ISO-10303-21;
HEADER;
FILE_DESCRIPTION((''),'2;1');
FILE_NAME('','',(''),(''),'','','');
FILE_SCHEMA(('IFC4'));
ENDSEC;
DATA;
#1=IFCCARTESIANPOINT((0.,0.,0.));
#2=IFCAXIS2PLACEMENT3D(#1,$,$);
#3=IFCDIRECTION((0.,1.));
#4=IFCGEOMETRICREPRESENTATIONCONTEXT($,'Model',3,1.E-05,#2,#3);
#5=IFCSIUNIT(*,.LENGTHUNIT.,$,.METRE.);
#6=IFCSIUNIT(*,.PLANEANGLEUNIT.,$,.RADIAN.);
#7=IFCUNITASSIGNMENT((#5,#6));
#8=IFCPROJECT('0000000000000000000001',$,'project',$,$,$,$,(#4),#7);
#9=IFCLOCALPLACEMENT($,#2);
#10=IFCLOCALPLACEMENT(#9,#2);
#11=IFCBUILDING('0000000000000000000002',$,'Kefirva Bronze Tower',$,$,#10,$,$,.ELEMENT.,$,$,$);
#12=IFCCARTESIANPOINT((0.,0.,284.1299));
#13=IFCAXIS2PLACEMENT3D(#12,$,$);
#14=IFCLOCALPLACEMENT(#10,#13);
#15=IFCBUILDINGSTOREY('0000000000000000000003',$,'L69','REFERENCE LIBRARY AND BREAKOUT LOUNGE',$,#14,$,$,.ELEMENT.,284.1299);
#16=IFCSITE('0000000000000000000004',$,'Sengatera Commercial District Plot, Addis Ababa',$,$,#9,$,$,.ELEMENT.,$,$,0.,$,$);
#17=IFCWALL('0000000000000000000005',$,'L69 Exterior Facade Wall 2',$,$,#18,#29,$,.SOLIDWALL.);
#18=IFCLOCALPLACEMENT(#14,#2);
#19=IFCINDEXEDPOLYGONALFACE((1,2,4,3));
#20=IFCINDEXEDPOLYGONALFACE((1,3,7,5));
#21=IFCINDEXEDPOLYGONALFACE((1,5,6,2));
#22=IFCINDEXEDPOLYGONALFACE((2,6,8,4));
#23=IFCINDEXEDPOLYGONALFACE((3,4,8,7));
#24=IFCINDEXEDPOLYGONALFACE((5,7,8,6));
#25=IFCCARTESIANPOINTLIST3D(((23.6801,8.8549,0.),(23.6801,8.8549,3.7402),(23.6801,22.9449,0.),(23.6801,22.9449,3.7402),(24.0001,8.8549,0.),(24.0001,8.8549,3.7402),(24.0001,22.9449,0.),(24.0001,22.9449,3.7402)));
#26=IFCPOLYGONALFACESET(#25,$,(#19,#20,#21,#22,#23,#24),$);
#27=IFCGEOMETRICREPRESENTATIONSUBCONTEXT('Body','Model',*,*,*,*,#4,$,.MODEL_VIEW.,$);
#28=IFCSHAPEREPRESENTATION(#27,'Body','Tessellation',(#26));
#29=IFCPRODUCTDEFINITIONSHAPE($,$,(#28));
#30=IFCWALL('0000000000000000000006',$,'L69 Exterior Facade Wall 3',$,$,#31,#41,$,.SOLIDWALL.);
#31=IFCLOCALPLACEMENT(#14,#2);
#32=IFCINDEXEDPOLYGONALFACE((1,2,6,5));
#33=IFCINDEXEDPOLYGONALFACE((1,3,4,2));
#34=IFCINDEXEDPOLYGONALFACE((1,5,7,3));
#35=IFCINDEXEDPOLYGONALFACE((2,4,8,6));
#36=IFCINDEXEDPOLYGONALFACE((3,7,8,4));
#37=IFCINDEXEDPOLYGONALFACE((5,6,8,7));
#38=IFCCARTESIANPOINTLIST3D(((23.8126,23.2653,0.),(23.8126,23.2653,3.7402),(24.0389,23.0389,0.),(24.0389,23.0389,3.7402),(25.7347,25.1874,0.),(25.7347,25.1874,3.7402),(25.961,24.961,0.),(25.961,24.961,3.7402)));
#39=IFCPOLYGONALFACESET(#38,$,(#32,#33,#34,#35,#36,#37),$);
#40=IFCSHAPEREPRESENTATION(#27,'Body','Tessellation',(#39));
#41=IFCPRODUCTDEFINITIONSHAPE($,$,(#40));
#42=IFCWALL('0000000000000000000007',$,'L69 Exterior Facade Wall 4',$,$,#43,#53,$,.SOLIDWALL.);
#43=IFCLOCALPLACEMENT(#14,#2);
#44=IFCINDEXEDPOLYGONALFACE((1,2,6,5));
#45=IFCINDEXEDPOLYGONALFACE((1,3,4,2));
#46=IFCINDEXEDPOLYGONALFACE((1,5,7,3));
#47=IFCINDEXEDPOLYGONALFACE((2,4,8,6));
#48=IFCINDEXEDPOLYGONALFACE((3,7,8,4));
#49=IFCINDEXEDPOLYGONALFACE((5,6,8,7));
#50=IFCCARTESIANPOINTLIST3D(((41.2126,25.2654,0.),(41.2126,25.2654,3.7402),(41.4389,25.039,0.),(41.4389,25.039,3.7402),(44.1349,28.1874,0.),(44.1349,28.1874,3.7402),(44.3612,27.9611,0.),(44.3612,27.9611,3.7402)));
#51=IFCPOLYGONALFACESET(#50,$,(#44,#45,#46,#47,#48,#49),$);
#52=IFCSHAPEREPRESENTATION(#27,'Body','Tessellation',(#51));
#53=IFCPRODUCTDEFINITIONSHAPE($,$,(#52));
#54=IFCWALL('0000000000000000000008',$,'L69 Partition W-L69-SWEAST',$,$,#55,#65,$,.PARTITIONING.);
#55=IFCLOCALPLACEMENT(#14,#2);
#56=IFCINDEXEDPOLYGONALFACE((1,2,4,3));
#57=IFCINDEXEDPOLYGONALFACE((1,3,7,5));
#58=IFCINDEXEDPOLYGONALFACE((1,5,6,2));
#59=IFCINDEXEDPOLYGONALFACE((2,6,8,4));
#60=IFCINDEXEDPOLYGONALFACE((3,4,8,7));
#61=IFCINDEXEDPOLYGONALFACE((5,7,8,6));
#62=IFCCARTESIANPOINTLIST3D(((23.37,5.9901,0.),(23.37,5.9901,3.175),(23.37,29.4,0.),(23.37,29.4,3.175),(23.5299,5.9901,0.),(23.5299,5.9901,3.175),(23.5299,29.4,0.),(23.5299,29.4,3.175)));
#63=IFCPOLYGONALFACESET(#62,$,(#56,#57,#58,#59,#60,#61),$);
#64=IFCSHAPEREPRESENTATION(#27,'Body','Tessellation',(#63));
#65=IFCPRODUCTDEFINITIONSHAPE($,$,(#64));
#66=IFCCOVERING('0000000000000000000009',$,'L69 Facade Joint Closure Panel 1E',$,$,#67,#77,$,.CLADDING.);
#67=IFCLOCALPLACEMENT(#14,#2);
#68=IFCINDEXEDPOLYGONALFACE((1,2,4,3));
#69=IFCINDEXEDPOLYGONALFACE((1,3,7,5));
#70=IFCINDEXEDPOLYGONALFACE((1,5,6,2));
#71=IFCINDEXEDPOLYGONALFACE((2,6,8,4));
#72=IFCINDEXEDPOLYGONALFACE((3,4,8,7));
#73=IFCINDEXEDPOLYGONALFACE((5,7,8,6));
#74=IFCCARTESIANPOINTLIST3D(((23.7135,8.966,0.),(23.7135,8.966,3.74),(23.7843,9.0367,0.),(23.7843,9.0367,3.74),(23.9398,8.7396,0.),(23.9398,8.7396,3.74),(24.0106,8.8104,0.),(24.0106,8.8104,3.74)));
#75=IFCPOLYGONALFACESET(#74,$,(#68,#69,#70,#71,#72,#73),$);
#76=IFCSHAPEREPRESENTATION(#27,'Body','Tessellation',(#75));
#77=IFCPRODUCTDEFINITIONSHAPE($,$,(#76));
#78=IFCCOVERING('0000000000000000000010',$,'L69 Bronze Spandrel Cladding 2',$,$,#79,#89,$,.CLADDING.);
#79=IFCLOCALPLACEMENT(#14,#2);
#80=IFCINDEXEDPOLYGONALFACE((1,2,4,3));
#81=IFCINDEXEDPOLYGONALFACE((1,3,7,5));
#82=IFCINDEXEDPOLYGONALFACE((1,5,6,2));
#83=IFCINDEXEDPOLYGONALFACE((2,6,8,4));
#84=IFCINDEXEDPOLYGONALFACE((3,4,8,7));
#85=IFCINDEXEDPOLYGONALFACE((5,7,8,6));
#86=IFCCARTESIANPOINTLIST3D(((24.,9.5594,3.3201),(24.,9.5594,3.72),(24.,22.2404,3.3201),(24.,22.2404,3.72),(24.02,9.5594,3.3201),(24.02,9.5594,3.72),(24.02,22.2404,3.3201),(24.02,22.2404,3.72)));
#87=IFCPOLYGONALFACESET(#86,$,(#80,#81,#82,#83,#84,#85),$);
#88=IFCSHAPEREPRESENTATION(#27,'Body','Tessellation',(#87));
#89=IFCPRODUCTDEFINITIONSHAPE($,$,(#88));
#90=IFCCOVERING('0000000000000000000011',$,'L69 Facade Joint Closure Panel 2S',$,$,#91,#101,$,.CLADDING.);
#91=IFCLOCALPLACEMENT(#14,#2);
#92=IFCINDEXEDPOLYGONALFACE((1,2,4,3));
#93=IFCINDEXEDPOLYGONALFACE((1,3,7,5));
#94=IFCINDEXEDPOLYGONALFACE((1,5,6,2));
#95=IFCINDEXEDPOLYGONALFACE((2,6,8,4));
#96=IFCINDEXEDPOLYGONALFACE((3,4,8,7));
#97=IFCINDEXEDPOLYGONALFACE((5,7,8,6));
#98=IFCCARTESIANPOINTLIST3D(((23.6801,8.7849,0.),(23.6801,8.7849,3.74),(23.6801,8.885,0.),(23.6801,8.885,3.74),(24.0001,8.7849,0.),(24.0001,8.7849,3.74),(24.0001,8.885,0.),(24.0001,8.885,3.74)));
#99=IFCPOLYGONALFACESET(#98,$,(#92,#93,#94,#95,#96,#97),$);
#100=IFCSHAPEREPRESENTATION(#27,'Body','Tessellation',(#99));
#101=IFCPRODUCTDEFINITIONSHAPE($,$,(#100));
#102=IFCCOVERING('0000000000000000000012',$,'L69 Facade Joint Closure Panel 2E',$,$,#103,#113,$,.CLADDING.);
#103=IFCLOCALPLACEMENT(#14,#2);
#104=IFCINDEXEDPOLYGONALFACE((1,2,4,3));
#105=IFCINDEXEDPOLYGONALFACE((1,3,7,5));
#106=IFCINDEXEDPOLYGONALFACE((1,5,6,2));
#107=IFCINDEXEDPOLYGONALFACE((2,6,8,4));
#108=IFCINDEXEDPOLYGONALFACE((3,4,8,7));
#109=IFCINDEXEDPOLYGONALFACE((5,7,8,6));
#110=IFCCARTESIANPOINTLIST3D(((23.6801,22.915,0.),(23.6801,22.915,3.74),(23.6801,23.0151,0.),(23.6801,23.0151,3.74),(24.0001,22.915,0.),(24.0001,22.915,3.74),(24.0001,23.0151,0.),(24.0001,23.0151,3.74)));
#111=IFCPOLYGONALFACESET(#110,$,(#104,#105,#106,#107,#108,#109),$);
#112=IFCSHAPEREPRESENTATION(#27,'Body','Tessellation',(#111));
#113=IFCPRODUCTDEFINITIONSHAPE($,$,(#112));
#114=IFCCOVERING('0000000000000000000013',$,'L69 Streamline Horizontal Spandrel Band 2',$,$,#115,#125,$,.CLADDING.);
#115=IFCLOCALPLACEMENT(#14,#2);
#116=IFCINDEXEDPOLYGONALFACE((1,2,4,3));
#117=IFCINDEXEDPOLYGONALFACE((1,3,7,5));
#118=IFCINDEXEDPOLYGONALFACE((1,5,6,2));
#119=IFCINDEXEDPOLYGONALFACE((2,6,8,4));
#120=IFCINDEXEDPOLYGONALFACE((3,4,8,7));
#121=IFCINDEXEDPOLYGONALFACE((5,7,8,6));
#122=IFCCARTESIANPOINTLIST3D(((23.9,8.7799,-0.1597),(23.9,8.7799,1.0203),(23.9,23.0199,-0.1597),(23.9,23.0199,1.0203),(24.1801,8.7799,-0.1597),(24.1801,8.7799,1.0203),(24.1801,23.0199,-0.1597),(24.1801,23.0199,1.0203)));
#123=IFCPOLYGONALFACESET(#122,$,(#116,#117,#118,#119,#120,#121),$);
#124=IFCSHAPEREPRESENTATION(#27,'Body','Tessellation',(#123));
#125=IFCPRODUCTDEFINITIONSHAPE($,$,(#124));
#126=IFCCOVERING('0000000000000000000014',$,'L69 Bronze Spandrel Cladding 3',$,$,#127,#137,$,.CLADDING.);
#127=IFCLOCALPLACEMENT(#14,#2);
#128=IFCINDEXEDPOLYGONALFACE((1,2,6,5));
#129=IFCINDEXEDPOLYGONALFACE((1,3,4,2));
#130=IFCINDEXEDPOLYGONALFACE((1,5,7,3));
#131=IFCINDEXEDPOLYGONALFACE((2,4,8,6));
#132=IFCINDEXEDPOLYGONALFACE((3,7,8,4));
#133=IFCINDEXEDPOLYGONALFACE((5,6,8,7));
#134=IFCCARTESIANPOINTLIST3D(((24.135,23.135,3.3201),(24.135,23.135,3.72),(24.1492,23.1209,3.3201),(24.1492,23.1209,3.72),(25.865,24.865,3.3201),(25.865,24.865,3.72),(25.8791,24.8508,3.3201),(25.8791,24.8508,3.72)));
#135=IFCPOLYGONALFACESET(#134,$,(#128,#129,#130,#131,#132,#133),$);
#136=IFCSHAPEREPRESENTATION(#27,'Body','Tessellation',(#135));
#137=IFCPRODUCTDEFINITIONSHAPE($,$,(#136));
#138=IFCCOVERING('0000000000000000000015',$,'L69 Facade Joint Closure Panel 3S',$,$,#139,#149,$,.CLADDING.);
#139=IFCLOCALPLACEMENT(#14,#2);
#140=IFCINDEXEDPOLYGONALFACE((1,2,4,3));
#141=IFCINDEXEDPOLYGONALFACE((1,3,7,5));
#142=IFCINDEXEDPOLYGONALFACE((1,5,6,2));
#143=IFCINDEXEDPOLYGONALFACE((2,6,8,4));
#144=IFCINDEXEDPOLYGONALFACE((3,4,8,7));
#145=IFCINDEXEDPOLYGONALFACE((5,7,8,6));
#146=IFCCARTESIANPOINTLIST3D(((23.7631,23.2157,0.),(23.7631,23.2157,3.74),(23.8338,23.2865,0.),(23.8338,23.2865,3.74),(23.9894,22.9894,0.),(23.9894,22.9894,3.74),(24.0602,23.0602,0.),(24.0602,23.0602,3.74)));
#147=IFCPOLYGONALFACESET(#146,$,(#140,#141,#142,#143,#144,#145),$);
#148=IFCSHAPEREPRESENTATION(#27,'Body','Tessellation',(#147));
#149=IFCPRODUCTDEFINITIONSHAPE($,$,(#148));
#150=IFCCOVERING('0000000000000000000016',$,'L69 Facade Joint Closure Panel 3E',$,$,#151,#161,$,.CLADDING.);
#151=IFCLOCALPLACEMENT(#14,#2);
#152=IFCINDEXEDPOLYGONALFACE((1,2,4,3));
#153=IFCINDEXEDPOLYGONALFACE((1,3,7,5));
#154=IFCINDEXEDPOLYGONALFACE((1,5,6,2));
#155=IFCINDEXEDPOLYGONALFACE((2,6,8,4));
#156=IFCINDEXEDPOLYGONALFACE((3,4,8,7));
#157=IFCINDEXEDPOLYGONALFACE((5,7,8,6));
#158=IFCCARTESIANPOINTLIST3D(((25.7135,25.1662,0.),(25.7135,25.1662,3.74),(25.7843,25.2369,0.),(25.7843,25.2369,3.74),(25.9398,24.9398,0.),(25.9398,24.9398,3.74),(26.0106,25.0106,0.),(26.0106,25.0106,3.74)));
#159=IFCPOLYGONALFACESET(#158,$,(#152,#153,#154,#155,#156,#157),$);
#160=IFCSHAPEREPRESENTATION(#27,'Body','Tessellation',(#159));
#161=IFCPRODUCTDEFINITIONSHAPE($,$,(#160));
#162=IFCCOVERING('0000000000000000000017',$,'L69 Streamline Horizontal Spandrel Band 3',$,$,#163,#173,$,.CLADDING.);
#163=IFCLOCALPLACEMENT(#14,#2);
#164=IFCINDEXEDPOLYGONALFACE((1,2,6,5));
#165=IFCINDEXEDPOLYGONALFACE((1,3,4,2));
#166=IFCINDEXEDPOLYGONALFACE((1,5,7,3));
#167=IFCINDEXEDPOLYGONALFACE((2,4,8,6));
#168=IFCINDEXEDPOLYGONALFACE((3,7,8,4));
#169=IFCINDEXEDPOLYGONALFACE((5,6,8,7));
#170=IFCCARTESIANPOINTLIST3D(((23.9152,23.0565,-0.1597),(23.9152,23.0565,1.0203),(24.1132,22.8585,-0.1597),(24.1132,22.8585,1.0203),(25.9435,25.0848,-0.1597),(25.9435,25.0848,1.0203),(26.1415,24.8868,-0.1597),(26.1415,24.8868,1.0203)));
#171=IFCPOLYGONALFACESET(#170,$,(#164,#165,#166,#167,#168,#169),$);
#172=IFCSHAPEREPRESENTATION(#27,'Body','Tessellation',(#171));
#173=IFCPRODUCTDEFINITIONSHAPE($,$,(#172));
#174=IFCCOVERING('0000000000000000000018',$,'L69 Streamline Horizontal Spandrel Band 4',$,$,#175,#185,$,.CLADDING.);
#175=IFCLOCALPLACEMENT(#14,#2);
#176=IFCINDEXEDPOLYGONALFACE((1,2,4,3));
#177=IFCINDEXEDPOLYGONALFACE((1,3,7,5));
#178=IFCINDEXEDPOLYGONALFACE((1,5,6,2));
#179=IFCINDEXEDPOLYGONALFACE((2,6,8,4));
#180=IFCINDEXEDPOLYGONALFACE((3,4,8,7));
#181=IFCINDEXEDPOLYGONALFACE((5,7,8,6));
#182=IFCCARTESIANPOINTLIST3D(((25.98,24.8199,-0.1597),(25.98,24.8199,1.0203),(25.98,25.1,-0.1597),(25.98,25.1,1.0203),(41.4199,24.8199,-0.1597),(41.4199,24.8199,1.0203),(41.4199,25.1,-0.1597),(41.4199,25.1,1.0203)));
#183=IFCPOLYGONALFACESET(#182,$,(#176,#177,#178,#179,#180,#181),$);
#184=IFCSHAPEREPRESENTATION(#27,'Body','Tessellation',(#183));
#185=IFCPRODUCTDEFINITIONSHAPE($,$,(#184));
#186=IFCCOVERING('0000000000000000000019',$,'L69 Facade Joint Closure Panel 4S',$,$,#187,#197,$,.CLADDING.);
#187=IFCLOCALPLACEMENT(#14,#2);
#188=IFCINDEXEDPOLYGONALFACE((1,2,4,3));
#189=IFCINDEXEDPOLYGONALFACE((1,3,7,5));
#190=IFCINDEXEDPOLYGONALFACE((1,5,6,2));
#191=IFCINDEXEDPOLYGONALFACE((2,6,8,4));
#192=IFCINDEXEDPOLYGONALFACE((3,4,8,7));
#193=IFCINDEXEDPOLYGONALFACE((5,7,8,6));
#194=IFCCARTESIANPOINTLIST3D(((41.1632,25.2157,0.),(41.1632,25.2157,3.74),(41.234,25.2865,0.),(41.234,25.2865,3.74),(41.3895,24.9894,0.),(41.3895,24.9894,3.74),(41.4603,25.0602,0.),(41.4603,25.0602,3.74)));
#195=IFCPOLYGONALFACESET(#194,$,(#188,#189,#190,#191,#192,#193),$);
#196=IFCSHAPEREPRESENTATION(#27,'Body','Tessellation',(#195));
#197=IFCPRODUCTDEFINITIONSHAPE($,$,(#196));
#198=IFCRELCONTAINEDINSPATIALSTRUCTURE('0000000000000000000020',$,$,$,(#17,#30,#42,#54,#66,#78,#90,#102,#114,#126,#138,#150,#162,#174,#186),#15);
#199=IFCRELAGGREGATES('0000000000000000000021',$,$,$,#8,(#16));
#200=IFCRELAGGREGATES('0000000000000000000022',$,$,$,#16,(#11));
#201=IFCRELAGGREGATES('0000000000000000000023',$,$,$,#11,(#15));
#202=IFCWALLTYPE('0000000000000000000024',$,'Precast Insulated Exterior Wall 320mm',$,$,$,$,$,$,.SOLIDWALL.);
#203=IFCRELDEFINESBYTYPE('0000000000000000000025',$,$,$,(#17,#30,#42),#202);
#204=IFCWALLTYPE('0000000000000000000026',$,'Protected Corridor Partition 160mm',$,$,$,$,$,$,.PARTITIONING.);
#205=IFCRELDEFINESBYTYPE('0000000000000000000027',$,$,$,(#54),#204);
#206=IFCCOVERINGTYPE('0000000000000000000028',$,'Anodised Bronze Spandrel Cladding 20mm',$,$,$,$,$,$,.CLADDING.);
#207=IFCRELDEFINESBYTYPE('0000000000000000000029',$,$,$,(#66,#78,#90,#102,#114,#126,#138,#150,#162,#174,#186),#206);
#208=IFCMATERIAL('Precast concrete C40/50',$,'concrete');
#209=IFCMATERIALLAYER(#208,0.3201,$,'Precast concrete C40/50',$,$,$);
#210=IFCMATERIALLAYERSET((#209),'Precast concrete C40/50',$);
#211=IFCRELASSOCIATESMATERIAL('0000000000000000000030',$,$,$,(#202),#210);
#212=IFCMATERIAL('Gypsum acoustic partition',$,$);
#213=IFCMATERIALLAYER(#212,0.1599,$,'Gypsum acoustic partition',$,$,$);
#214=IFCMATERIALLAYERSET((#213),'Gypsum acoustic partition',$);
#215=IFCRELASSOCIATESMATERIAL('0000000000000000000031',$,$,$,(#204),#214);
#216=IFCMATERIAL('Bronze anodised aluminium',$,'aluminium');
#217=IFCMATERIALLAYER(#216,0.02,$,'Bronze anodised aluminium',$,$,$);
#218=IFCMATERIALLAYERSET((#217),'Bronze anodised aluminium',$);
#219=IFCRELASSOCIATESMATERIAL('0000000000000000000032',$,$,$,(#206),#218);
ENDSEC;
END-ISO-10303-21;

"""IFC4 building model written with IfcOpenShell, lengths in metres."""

from ifc_helpers import new_model, si_unit, direction, frame, frame_2d, origin, origin_2d, place, context, subcontext, project, spatial, rectangle, extrude, material, layer, layer_set, type_object, element, save


model = new_model("IFC4")

# Units and contexts
model_context = context("Model", 3, precision=1e-05, world=origin(), true_north=direction((0.0, 1.0)))
body_context = subcontext(model_context, "Body", "Model", "MODEL_VIEW")
ifc_project = project(units=[si_unit("LENGTHUNIT", "METRE"), si_unit("PLANEANGLEUNIT", "RADIAN")], contexts=[model_context])

# Site, building, storey
site_placement = place(None, origin())
site = spatial("IfcSite", under=ifc_project, at=site_placement, Name="Sengatera Commercial District Plot, Addis Ababa", CompositionType="ELEMENT", RefElevation=0.0)
building_placement = place(site_placement, origin())
building = spatial("IfcBuilding", under=site, at=building_placement, Name="Kefirva Bronze Tower", CompositionType="ELEMENT")
storey_placement = place(building_placement, frame((0.0, 0.0, 284.1299)))
storey = spatial("IfcBuildingStorey", under=building, at=storey_placement, Name="L69", Description="REFERENCE LIBRARY AND BREAKOUT LOUNGE", CompositionType="ELEMENT", Elevation=284.1299)

# Shared definitions
ifc_material_1 = material(Name="Bronze anodised aluminium", Category="aluminium")

# Walls
ifc_material_2 = material(Name="Gypsum acoustic partition")
ifc_material_3 = material(Name="Precast concrete C40/50", Category="concrete")
ifc_layer_1 = layer(ifc_material_3, 0.3201, Name="Precast concrete C40/50")
ifc_layer_set_1 = layer_set([ifc_layer_1], Name="Precast concrete C40/50")
wall_type_1 = type_object("IfcWallType", Name="Precast Insulated Exterior Wall 320mm", PredefinedType="SOLIDWALL", material=ifc_layer_set_1)
wall_1_placement = place(storey_placement, frame((23.8401, 8.855, 0.0), z_axis=(0.0, 0.0, 1.0), x_axis=(0.0, 1.0, 0.0)))
element("IfcWall", 1, at=wall_1_placement, inside=storey, type_object=wall_type_1, Name="L69 Exterior Facade Wall 2", PredefinedType="SOLIDWALL", context=body_context, shape_type="SweptSolid", body=[
    extrude(rectangle(XDim=14.0901, YDim=0.3201, at=frame_2d((7.0449, 0.0))), origin(), (0.0, 0.0, 1.0), 3.7402),
])
wall_2_placement = place(storey_placement, frame((23.9258, 23.1521, 0.0), z_axis=(0.0, 0.0, 1.0), x_axis=(0.707107, 0.707107, 0.0)))
element("IfcWall", 2, at=wall_2_placement, inside=storey, type_object=wall_type_1, Name="L69 Exterior Facade Wall 3", PredefinedType="SOLIDWALL", context=body_context, shape_type="SweptSolid", body=[
    extrude(rectangle(XDim=2.7183, YDim=0.3201, at=frame_2d((1.3591, 0.0))), origin(), (0.0, 0.0, 1.0), 3.7402),
])
wall_3_placement = place(storey_placement, frame((41.3257, 25.1521, 0.0), z_axis=(0.0, 0.0, 1.0), x_axis=(0.707136, 0.707077, 0.0)))
element("IfcWall", 3, at=wall_3_placement, inside=storey, type_object=wall_type_1, Name="L69 Exterior Facade Wall 4", PredefinedType="SOLIDWALL", context=body_context, shape_type="SweptSolid", body=[
    extrude(rectangle(XDim=4.1326, YDim=0.3201, at=frame_2d((2.0664, 0.0))), origin(), (0.0, 0.0, 1.0), 3.7402),
])
ifc_layer_2 = layer(ifc_material_2, 0.1599, Name="Gypsum acoustic partition")
ifc_layer_set_2 = layer_set([ifc_layer_2], Name="Gypsum acoustic partition")
wall_type_2 = type_object("IfcWallType", Name="Protected Corridor Partition 160mm", PredefinedType="PARTITIONING", material=ifc_layer_set_2)
wall_4_placement = place(storey_placement, frame((23.45, 5.99, 0.0), z_axis=(0.0, 0.0, 1.0), x_axis=(0.0, 1.0, 0.0)))
element("IfcWall", 4, at=wall_4_placement, inside=storey, type_object=wall_type_2, Name="L69 Partition W-L69-SWEAST", PredefinedType="PARTITIONING", context=body_context, shape_type="SweptSolid", body=[
    extrude(rectangle(XDim=23.4099, YDim=0.1599, at=frame_2d((11.7051, 0.0))), origin(), (0.0, 0.0, 1.0), 3.175),
])

# Coverings
ifc_layer_3 = layer(ifc_material_1, 0.02, Name="Bronze anodised aluminium")
ifc_layer_set_3 = layer_set([ifc_layer_3], Name="Bronze anodised aluminium")
covering_type_1 = type_object("IfcCoveringType", Name="Anodised Bronze Spandrel Cladding 20mm", PredefinedType="CLADDING", material=ifc_layer_set_3)
covering_1_placement = place(storey_placement, frame((23.8621, 8.8882, 0.0), z_axis=(0.0, 0.0, 1.0), x_axis=(0.707107, 0.707107, 0.0)))
element("IfcCovering", 5, at=covering_1_placement, inside=storey, type_object=covering_type_1, Name="L69 Facade Joint Closure Panel 1E", PredefinedType="CLADDING", context=body_context, shape_type="SweptSolid", body=[
    extrude(rectangle(XDim=0.1001, YDim=0.3201, at=origin_2d()), origin(), (0.0, 0.0, 1.0), 3.74),
])
covering_2_placement = place(storey_placement, frame((24.01, 15.8999, 3.3201), z_axis=(0.0, 0.0, 1.0), x_axis=(0.0, 1.0, 0.0)))
element("IfcCovering", 6, at=covering_2_placement, inside=storey, type_object=covering_type_1, Name="L69 Bronze Spandrel Cladding 2", PredefinedType="CLADDING", context=body_context, shape_type="SweptSolid", body=[
    extrude(rectangle(XDim=12.6809, YDim=0.02, at=origin_2d()), origin(), (0.0, 0.0, 1.0), 0.3999),
])
for number, where, z_axis, x_axis, name in (
    (7, (23.8401, 8.835, 0.0), (0.0, 0.0, 1.0), (0.0, 1.0, 0.0), "L69 Facade Joint Closure Panel 2S"),
    (8, (23.8401, 22.9651, 0.0), (0.0, 0.0, 1.0), (0.0, 1.0, 0.0), "L69 Facade Joint Closure Panel 2E"),
):
    element("IfcCovering", number, at=place(storey_placement, frame(where, z_axis=z_axis, x_axis=x_axis)), inside=storey, type_object=covering_type_1, Name=name, PredefinedType="CLADDING", context=body_context, shape_type="SweptSolid", body=[
        extrude(rectangle(XDim=0.1001, YDim=0.3201, at=origin_2d()), origin(), (0.0, 0.0, 1.0), 3.74),
    ])
covering_3_placement = place(storey_placement, frame((24.04, 15.8999, -0.1597), z_axis=(0.0, 0.0, 1.0), x_axis=(0.0, 1.0, 0.0)))
element("IfcCovering", 9, at=covering_3_placement, inside=storey, type_object=covering_type_1, Name="L69 Streamline Horizontal Spandrel Band 2", PredefinedType="CLADDING", context=body_context, shape_type="SweptSolid", body=[
    extrude(rectangle(XDim=14.24, YDim=0.28, at=origin_2d()), origin(), (0.0, 0.0, 1.0), 1.1799),
])
covering_4_placement = place(storey_placement, frame((25.0071, 23.9929, 3.3201), z_axis=(0.0, 0.0, 1.0), x_axis=(0.707107, 0.707107, 0.0)))
element("IfcCovering", 10, at=covering_4_placement, inside=storey, type_object=covering_type_1, Name="L69 Bronze Spandrel Cladding 3", PredefinedType="CLADDING", context=body_context, shape_type="SweptSolid", body=[
    extrude(rectangle(XDim=2.4465, YDim=0.02, at=origin_2d()), origin(), (0.0, 0.0, 1.0), 0.3999),
])
for number, where, z_axis, x_axis, name in (
    (11, (23.9116, 23.1379, 0.0), (0.0, 0.0, 1.0), (0.707107, 0.707107, 0.0), "L69 Facade Joint Closure Panel 3S"),
    (12, (25.8621, 25.0884, 0.0), (0.0, 0.0, 1.0), (0.707107, 0.707107, 0.0), "L69 Facade Joint Closure Panel 3E"),
):
    element("IfcCovering", number, at=place(storey_placement, frame(where, z_axis=z_axis, x_axis=x_axis)), inside=storey, type_object=covering_type_1, Name=name, PredefinedType="CLADDING", context=body_context, shape_type="SweptSolid", body=[
        extrude(rectangle(XDim=0.1001, YDim=0.3201, at=origin_2d()), origin(), (0.0, 0.0, 1.0), 3.74),
    ])
covering_5_placement = place(storey_placement, frame((25.0283, 23.9717, -0.1597), z_axis=(0.0, 0.0, 1.0), x_axis=(0.707107, 0.707107, 0.0)))
element("IfcCovering", 13, at=covering_5_placement, inside=storey, type_object=covering_type_1, Name="L69 Streamline Horizontal Spandrel Band 3", PredefinedType="CLADDING", context=body_context, shape_type="SweptSolid", body=[
    extrude(rectangle(XDim=2.8684, YDim=0.28, at=origin_2d()), origin(), (0.0, 0.0, 1.0), 1.1799),
])
covering_6_placement = place(storey_placement, frame((33.7, 24.96, -0.1597), z_axis=(0.0, 0.0, 1.0), x_axis=(1.0, 0.0, 0.0)))
element("IfcCovering", 14, at=covering_6_placement, inside=storey, type_object=covering_type_1, Name="L69 Streamline Horizontal Spandrel Band 4", PredefinedType="CLADDING", context=body_context, shape_type="SweptSolid", body=[
    extrude(rectangle(XDim=15.4399, YDim=0.28, at=origin_2d()), origin(), (0.0, 0.0, 1.0), 1.1799),
])
covering_7_placement = place(storey_placement, frame((41.3118, 25.1379, 0.0), z_axis=(0.0, 0.0, 1.0), x_axis=(0.707107, 0.707107, 0.0)))
element("IfcCovering", 15, at=covering_7_placement, inside=storey, type_object=covering_type_1, Name="L69 Facade Joint Closure Panel 4S", PredefinedType="CLADDING", context=body_context, shape_type="SweptSolid", body=[
    extrude(rectangle(XDim=0.1001, YDim=0.3201, at=origin_2d()), origin(), (0.0, 0.0, 1.0), 3.74),
])

save(model, "model.ifc")
